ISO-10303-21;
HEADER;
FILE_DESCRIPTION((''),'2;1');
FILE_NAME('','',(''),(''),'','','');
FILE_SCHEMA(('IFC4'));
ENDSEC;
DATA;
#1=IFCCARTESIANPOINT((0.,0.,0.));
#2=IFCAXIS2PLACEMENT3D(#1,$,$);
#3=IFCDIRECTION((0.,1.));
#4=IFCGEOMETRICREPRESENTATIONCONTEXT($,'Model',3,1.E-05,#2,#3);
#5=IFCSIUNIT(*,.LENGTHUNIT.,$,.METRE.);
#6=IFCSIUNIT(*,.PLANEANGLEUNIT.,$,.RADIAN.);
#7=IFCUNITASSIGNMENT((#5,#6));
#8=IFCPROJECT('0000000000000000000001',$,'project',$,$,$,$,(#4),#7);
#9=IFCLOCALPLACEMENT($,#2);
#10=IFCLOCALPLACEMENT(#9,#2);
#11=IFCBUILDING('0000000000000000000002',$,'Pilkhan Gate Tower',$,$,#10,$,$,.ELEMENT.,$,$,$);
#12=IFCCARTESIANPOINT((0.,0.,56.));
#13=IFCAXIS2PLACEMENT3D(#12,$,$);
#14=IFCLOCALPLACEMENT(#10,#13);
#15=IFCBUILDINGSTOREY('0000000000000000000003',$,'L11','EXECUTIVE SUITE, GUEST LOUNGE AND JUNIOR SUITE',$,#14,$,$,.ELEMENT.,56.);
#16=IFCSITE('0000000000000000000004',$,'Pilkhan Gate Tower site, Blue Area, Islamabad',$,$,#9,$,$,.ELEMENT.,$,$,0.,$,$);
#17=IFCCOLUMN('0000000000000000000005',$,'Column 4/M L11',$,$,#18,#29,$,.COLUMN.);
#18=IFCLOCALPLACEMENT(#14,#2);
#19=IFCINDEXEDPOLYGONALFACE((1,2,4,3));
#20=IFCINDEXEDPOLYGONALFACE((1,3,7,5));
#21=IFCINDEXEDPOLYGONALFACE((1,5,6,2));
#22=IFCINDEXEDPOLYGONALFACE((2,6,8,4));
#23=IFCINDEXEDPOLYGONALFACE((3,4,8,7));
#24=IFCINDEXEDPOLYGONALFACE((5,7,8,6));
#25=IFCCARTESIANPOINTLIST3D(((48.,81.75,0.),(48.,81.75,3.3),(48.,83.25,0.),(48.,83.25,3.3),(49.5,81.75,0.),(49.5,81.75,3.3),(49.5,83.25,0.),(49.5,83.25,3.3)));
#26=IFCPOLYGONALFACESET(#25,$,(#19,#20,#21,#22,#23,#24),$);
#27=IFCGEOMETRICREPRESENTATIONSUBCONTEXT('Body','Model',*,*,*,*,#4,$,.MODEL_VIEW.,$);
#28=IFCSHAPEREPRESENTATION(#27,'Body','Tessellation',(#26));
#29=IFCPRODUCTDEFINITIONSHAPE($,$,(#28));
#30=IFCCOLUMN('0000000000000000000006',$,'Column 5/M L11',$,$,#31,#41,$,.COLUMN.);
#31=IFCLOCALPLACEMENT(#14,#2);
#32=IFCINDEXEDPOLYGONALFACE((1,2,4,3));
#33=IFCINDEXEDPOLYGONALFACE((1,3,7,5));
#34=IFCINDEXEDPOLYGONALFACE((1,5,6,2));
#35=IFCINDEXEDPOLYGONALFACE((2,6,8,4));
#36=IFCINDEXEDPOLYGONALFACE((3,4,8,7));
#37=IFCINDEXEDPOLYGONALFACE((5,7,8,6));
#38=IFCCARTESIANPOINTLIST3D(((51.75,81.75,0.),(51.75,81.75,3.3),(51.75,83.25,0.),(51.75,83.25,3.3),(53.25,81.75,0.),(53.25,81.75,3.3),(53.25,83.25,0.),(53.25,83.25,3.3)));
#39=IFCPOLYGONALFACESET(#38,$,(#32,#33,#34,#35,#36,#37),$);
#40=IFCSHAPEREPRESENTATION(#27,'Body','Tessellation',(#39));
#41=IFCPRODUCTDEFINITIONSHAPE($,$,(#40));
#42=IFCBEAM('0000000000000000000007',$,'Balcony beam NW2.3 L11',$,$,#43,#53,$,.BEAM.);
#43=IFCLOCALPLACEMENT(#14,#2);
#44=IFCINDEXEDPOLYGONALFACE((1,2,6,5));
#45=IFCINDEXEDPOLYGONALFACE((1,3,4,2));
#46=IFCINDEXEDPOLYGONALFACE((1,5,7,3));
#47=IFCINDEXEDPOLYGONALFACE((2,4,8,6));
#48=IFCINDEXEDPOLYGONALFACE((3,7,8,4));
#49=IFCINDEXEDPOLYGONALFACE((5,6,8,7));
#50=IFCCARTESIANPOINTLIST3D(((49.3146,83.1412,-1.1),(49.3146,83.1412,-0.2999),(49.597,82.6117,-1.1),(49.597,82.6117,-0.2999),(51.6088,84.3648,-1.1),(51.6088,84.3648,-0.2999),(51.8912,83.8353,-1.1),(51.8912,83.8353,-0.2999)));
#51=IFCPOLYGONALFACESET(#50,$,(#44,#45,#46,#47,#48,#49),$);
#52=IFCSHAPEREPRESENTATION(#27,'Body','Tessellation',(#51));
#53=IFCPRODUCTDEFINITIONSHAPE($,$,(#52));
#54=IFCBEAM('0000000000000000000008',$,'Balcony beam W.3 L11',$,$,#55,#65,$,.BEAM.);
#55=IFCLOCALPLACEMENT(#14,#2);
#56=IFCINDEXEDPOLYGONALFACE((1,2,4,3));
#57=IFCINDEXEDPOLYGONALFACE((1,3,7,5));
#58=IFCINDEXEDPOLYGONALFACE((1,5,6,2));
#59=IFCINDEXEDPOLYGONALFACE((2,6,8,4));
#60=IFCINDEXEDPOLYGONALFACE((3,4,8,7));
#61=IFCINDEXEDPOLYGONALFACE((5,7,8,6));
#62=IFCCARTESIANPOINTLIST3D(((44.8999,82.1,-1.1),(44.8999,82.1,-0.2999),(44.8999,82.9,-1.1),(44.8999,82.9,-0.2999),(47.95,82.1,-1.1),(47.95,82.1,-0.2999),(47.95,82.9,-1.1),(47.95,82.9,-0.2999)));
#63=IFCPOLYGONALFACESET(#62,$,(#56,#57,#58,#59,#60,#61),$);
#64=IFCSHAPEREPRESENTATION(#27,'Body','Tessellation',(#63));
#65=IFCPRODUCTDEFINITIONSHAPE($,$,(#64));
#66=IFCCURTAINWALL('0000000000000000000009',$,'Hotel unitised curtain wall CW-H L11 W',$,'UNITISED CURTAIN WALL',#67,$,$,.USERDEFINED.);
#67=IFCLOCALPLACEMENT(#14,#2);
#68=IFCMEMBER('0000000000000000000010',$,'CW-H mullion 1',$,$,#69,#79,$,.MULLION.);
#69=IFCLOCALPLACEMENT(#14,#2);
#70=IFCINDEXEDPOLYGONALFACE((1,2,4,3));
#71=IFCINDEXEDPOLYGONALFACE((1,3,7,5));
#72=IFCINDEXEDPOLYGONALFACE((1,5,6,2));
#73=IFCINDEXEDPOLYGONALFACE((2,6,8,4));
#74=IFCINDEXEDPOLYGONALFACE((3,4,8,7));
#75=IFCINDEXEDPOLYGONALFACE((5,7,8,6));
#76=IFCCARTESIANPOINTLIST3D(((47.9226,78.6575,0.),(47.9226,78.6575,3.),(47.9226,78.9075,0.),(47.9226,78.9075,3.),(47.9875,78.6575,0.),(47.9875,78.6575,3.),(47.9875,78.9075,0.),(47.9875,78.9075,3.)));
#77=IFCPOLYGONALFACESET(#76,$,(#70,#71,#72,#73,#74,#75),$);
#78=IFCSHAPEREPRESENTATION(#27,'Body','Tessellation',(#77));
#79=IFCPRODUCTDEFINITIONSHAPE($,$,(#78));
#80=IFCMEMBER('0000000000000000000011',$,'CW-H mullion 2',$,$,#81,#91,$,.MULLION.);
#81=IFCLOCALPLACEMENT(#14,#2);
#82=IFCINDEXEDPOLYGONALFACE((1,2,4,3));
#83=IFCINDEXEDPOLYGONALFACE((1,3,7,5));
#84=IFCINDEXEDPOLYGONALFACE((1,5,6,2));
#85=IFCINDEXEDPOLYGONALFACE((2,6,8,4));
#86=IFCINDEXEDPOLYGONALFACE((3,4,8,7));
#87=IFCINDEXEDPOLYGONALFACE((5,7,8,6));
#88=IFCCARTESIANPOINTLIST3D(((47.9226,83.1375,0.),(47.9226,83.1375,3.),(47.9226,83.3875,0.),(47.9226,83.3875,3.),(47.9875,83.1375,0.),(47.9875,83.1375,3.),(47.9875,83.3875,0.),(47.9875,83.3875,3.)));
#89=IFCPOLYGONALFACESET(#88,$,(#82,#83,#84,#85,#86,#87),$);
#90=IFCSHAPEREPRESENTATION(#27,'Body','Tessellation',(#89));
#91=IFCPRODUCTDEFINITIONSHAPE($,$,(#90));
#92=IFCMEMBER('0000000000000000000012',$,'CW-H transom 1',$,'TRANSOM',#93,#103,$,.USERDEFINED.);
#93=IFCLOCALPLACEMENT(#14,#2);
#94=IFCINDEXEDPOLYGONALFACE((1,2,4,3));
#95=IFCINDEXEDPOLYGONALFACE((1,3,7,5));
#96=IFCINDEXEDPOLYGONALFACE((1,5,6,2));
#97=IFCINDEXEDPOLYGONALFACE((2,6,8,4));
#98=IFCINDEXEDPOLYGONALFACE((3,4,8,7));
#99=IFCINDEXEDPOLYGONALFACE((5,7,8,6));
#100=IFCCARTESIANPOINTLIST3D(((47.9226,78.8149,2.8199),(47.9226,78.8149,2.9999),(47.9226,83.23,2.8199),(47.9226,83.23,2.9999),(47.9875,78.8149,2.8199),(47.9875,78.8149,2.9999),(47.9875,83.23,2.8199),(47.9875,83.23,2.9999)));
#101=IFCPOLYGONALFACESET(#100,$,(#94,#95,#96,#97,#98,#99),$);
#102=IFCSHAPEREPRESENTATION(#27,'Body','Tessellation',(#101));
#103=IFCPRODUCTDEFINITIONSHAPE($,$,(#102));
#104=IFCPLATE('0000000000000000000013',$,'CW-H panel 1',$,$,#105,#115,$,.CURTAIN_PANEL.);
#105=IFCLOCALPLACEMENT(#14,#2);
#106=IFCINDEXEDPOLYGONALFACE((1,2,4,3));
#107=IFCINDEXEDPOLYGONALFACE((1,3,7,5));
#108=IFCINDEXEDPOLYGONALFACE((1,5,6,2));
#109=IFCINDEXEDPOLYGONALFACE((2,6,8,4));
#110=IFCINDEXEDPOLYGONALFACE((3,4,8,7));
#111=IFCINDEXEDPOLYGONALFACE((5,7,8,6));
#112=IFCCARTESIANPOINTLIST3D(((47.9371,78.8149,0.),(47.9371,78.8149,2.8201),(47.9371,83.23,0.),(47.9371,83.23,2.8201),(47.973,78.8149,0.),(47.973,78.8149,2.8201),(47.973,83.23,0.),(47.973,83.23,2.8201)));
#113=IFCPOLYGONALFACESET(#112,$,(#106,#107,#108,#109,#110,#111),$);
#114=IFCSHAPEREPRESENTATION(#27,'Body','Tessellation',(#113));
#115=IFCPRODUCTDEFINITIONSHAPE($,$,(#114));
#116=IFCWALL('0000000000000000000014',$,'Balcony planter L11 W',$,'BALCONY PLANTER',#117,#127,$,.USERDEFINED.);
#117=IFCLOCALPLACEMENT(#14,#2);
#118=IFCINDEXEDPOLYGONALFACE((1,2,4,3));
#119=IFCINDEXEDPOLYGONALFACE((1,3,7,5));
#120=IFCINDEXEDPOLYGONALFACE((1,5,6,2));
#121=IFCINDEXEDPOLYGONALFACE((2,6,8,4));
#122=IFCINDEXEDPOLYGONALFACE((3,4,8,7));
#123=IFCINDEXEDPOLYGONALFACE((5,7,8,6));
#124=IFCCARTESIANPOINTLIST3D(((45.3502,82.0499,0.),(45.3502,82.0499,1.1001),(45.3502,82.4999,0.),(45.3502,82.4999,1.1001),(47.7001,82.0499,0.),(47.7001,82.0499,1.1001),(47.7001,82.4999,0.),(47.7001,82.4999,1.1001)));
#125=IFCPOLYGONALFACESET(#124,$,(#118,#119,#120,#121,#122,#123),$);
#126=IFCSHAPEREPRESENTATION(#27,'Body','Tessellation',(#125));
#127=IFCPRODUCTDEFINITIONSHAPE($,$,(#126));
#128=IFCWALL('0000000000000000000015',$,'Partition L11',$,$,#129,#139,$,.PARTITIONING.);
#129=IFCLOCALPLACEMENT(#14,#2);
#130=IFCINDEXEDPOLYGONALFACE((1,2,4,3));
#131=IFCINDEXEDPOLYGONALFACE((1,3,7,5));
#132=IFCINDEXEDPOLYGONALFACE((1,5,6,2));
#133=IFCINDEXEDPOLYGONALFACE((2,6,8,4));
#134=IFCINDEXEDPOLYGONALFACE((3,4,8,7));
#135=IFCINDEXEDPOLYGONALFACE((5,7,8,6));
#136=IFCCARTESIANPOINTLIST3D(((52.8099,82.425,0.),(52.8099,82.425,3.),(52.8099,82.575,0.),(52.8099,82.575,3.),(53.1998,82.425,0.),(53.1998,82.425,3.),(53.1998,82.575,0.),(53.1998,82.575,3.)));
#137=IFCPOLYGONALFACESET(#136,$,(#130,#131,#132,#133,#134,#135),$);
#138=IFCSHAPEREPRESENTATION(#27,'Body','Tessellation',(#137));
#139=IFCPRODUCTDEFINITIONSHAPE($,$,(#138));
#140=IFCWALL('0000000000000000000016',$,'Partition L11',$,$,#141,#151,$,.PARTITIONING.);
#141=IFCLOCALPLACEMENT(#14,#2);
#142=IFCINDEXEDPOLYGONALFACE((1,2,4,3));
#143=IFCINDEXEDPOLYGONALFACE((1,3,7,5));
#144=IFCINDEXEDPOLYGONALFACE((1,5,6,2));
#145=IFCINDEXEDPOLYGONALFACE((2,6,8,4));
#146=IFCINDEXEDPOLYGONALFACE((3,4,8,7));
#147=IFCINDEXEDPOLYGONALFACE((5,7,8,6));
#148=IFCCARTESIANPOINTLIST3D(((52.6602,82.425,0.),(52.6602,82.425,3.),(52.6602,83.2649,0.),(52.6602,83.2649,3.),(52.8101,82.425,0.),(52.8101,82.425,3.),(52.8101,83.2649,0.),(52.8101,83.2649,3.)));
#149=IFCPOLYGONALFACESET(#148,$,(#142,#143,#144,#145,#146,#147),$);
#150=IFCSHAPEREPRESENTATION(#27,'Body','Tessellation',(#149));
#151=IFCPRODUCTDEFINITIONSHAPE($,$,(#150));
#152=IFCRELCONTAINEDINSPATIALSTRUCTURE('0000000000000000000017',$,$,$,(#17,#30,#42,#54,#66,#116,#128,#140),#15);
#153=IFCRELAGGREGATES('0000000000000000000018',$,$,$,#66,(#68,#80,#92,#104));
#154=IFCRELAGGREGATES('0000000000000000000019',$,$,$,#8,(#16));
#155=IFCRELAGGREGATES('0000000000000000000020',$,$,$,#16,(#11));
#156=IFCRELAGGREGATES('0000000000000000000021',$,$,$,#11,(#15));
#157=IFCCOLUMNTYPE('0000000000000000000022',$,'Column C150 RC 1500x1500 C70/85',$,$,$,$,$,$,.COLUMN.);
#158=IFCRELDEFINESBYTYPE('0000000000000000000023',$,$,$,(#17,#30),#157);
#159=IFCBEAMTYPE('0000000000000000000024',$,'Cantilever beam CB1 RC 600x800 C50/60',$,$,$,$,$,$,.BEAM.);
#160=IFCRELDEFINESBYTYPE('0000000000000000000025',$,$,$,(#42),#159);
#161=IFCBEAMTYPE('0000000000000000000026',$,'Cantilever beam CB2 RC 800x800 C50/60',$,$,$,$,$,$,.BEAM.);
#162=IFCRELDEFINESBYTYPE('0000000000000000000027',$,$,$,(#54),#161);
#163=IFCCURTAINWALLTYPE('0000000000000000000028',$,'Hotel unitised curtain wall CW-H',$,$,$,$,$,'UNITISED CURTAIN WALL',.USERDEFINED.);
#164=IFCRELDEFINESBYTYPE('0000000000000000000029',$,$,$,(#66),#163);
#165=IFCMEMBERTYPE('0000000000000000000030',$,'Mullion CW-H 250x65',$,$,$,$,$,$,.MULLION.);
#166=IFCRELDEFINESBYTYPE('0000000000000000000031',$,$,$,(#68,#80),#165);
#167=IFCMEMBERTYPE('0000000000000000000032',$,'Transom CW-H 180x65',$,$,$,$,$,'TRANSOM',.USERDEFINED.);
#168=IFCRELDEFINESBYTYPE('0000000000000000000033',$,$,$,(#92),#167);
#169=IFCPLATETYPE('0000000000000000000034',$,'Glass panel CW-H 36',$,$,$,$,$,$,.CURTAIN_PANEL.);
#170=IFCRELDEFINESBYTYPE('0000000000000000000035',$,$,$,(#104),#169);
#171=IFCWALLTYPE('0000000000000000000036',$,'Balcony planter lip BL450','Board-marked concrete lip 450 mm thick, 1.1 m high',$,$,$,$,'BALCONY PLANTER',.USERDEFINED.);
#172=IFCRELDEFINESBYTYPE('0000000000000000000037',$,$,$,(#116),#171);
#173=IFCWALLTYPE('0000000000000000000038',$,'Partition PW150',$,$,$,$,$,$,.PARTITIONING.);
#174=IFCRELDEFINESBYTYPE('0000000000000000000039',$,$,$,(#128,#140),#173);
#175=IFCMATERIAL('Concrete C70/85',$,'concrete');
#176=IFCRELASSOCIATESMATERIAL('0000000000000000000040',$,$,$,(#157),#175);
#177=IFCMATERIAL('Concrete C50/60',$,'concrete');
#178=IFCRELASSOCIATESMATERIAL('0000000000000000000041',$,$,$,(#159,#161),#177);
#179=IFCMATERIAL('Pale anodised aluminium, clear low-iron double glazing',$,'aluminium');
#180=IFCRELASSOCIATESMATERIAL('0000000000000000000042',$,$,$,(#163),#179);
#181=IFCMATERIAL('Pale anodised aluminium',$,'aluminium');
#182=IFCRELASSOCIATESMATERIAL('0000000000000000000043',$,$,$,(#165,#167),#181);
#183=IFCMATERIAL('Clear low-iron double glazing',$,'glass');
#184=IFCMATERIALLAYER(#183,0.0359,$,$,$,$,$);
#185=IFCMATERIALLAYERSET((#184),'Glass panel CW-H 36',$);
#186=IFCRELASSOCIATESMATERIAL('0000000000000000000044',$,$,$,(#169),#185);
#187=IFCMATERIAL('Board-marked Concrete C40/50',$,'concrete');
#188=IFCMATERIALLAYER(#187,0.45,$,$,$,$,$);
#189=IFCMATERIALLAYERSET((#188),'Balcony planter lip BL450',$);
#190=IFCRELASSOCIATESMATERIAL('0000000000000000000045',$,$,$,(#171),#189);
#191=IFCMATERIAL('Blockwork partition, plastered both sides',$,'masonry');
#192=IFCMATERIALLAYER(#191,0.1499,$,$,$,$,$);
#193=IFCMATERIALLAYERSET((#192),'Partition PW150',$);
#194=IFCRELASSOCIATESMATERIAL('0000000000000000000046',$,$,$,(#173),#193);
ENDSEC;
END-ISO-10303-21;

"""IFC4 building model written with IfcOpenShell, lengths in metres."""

from ifc_helpers import new_model, si_unit, direction, frame, frame_2d, origin, origin_2d, place, context, subcontext, project, spatial, rectangle, extrude, material, layer, layer_set, material_profile, profile_set, type_object, element, aggregate, save


model = new_model("IFC4")

# Units and contexts
model_context = context("Model", 3, precision=1e-05, world=origin(), true_north=direction((0.0, 1.0)))
body_context = subcontext(model_context, "Body", "Model", "MODEL_VIEW")
ifc_project = project(units=[si_unit("LENGTHUNIT", "METRE"), si_unit("PLANEANGLEUNIT", "RADIAN")], contexts=[model_context])

# Site, building, storey
site_placement = place(None, origin())
site = spatial("IfcSite", under=ifc_project, at=site_placement, Name="Pilkhan Gate Tower site, Blue Area, Islamabad", CompositionType="ELEMENT", RefElevation=0.0)
building_placement = place(site_placement, origin())
building = spatial("IfcBuilding", under=site, at=building_placement, Name="Pilkhan Gate Tower", CompositionType="ELEMENT")
storey_placement = place(building_placement, frame((0.0, 0.0, 56.0)))
storey = spatial("IfcBuildingStorey", under=building, at=storey_placement, Name="L11", Description="EXECUTIVE SUITE, GUEST LOUNGE AND JUNIOR SUITE", CompositionType="ELEMENT", Elevation=56.0)

# Columns
ifc_material_1 = material(Name="Concrete C70/85", Category="concrete")
ifc_material_profile_1 = material_profile(ifc_material_1, rectangle(XDim=1.5, YDim=1.5, at=origin_2d()), Name="RC 1500x1500")
ifc_profile_set_1 = profile_set([ifc_material_profile_1], Name="Concrete C70/85")
column_type = type_object("IfcColumnType", Name="Column C150 RC 1500x1500 C70/85", PredefinedType="COLUMN", material=ifc_profile_set_1)
for number, where, z_axis, x_axis, name in (
    (1, (48.75, 82.5, 0.0), (0.0, 0.0, 1.0), (1.0, 0.0, 0.0), "Column 4/M L11"),
    (2, (52.5, 82.5, 0.0), (0.0, 0.0, 1.0), (1.0, 0.0, 0.0), "Column 5/M L11"),
):
    element("IfcColumn", number, at=place(storey_placement, frame(where, z_axis=z_axis, x_axis=x_axis)), inside=storey, type_object=column_type, Name=name, PredefinedType="COLUMN", context=body_context, shape_type="SweptSolid", body=[
        extrude(rectangle(XDim=1.5, YDim=1.5, at=origin_2d()), origin(), (0.0, 0.0, 1.0), 3.3),
    ])

# Beams
ifc_material_2 = material(Name="Concrete C50/60", Category="concrete")
ifc_material_profile_2 = material_profile(ifc_material_2, rectangle(XDim=0.6001, YDim=0.8, at=origin_2d()), Name="RC 600x800")
ifc_profile_set_2 = profile_set([ifc_material_profile_2], Name="Concrete C50/60")
beam_type_1 = type_object("IfcBeamType", Name="Cantilever beam CB1 RC 600x800 C50/60", PredefinedType="BEAM", material=ifc_profile_set_2)
beam_1_placement = place(storey_placement, frame((49.4558, 82.8765, -0.7), z_axis=(0.882343, 0.470608, 0.0), x_axis=(-0.470608, 0.882343, 0.0)))
element("IfcBeam", 3, at=beam_1_placement, inside=storey, type_object=beam_type_1, Name="Balcony beam NW2.3 L11", PredefinedType="BEAM", context=body_context, shape_type="SweptSolid", body=[
    extrude(rectangle(XDim=0.6001, YDim=0.8, at=origin_2d()), origin(), (0.0, 0.0, 1.0), 2.6001),
])
ifc_material_profile_3 = material_profile(ifc_material_2, rectangle(XDim=0.8, YDim=0.8, at=origin_2d()), Name="RC 800x800")
ifc_profile_set_3 = profile_set([ifc_material_profile_3], Name="Concrete C50/60")
beam_type_2 = type_object("IfcBeamType", Name="Cantilever beam CB2 RC 800x800 C50/60", PredefinedType="BEAM", material=ifc_profile_set_3)
beam_2_placement = place(storey_placement, frame((47.95, 82.5, -0.7), z_axis=(-1.0, 0.0, 0.0), x_axis=(0.0, -1.0, 0.0)))
element("IfcBeam", 4, at=beam_2_placement, inside=storey, type_object=beam_type_2, Name="Balcony beam W.3 L11", PredefinedType="BEAM", context=body_context, shape_type="SweptSolid", body=[
    extrude(rectangle(XDim=0.8, YDim=0.8, at=origin_2d()), origin(), (0.0, 0.0, 1.0), 3.05),
])

# Curtain wall, members, plate
ifc_material_3 = material(Name="Pale anodised aluminium, clear low-iron double glazing", Category="aluminium")
curtain_wall_type = type_object("IfcCurtainWallType", Name="Hotel unitised curtain wall CW-H", ElementType="UNITISED CURTAIN WALL", PredefinedType="USERDEFINED", material=ifc_material_3)
curtain_wall_placement = place(storey_placement, origin())
curtain_wall = element("IfcCurtainWall", 5, at=curtain_wall_placement, inside=storey, type_object=curtain_wall_type, Name="Hotel unitised curtain wall CW-H L11 W", ObjectType="UNITISED CURTAIN WALL", PredefinedType="USERDEFINED")
ifc_material_4 = material(Name="Pale anodised aluminium", Category="aluminium")
ifc_material_profile_4 = material_profile(ifc_material_4, rectangle(XDim=0.0649, YDim=0.25, at=origin_2d()), Name="Mullion 250x65")
ifc_profile_set_4 = profile_set([ifc_material_profile_4], Name="Pale anodised aluminium")
member_type_1 = type_object("IfcMemberType", Name="Mullion CW-H 250x65", PredefinedType="MULLION", material=ifc_profile_set_4)
member_1_placement = place(storey_placement, frame((47.9551, 78.7825, 0.0), z_axis=(0.0, 0.0, 1.0), x_axis=(-1.0, 0.0, 0.0)))
member_1 = element("IfcMember", 6, at=member_1_placement, type_object=member_type_1, Name="CW-H mullion 1", PredefinedType="MULLION", context=body_context, shape_type="SweptSolid", body=[
    extrude(rectangle(XDim=0.0649, YDim=0.25, at=origin_2d()), origin(), (0.0, 0.0, 1.0), 3.0),
])
member_2_placement = place(storey_placement, frame((47.9551, 83.2625, 0.0), z_axis=(0.0, 0.0, 1.0), x_axis=(-1.0, 0.0, 0.0)))
member_2 = element("IfcMember", 7, at=member_2_placement, type_object=member_type_1, Name="CW-H mullion 2", PredefinedType="MULLION", context=body_context, shape_type="SweptSolid", body=[
    extrude(rectangle(XDim=0.0649, YDim=0.25, at=origin_2d()), origin(), (0.0, 0.0, 1.0), 3.0),
])
ifc_material_profile_5 = material_profile(ifc_material_4, rectangle(XDim=0.0649, YDim=0.1799, at=origin_2d()), Name="Transom 180x65")
ifc_profile_set_5 = profile_set([ifc_material_profile_5], Name="Pale anodised aluminium")
member_type_2 = type_object("IfcMemberType", Name="Transom CW-H 180x65", ElementType="TRANSOM", PredefinedType="USERDEFINED", material=ifc_profile_set_5)
member_3_placement = place(storey_placement, frame((47.9551, 78.8149, 2.9099), z_axis=(0.0, 1.0, 0.0), x_axis=(-1.0, 0.0, 0.0)))
member_3 = element("IfcMember", 8, at=member_3_placement, type_object=member_type_2, Name="CW-H transom 1", ObjectType="TRANSOM", PredefinedType="USERDEFINED", context=body_context, shape_type="SweptSolid", body=[
    extrude(rectangle(XDim=0.0649, YDim=0.1799, at=origin_2d()), origin(), (0.0, 0.0, 1.0), 4.415),
])
ifc_material_5 = material(Name="Clear low-iron double glazing", Category="glass")
ifc_layer_1 = layer(ifc_material_5, 0.0359)
ifc_layer_set_1 = layer_set([ifc_layer_1], Name="Glass panel CW-H 36")
plate_type = type_object("IfcPlateType", Name="Glass panel CW-H 36", PredefinedType="CURTAIN_PANEL", material=ifc_layer_set_1)
plate_placement = place(storey_placement, frame((47.9551, 81.0225, 0.0), z_axis=(0.0, 0.0, 1.0), x_axis=(0.0, 1.0, 0.0)))
plate = element("IfcPlate", 9, at=plate_placement, type_object=plate_type, Name="CW-H panel 1", PredefinedType="CURTAIN_PANEL", context=body_context, shape_type="SweptSolid", body=[
    extrude(rectangle(XDim=4.415, YDim=0.0359, at=origin_2d()), origin(), (0.0, 0.0, 1.0), 2.8201),
])
aggregate(curtain_wall, [member_1, member_2, member_3, plate])

# Walls
ifc_material_6 = material(Name="Board-marked Concrete C40/50", Category="concrete")
ifc_layer_2 = layer(ifc_material_6, 0.45)
ifc_layer_set_2 = layer_set([ifc_layer_2], Name="Balcony planter lip BL450")
wall_type_1 = type_object("IfcWallType", Name="Balcony planter lip BL450", Description="Board-marked concrete lip 450 mm thick, 1.1 m high", ElementType="BALCONY PLANTER", PredefinedType="USERDEFINED", material=ifc_layer_set_2)
wall_1_placement = place(storey_placement, frame((47.7, 82.2749, 0.0), z_axis=(0.0, 0.0, 1.0), x_axis=(-1.0, 0.0, 0.0)))
element("IfcWall", 10, at=wall_1_placement, inside=storey, type_object=wall_type_1, Name="Balcony planter L11 W", ObjectType="BALCONY PLANTER", PredefinedType="USERDEFINED", context=body_context, shape_type="SweptSolid", body=[
    extrude(rectangle(XDim=2.3499, YDim=0.45, at=frame_2d((1.1748, 0.0))), origin(), (0.0, 0.0, 1.0), 1.1001),
])
ifc_material_7 = material(Name="Blockwork partition, plastered both sides", Category="masonry")
ifc_layer_3 = layer(ifc_material_7, 0.1499)
ifc_layer_set_3 = layer_set([ifc_layer_3], Name="Partition PW150")
wall_type_2 = type_object("IfcWallType", Name="Partition PW150", PredefinedType="PARTITIONING", material=ifc_layer_set_3)
wall_2_placement = place(storey_placement, frame((52.8101, 82.5, 0.0), z_axis=(0.0, 0.0, 1.0), x_axis=(1.0, 0.0, 0.0)))
element("IfcWall", 11, at=wall_2_placement, inside=storey, type_object=wall_type_2, Name="Partition L11", PredefinedType="PARTITIONING", context=body_context, shape_type="SweptSolid", body=[
    extrude(rectangle(XDim=0.3899, YDim=0.1499, at=frame_2d((0.1948, 0.0))), origin(), (0.0, 0.0, 1.0), 3.0),
])
wall_3_placement = place(storey_placement, frame((52.7351, 82.425, 0.0), z_axis=(0.0, 0.0, 1.0), x_axis=(0.0, 1.0, 0.0)))
element("IfcWall", 12, at=wall_3_placement, inside=storey, type_object=wall_type_2, Name="Partition L11", PredefinedType="PARTITIONING", context=body_context, shape_type="SweptSolid", body=[
    extrude(rectangle(XDim=0.8398, YDim=0.1499, at=frame_2d((0.4199, 0.0))), origin(), (0.0, 0.0, 1.0), 3.0),
])

save(model, "model.ifc")
